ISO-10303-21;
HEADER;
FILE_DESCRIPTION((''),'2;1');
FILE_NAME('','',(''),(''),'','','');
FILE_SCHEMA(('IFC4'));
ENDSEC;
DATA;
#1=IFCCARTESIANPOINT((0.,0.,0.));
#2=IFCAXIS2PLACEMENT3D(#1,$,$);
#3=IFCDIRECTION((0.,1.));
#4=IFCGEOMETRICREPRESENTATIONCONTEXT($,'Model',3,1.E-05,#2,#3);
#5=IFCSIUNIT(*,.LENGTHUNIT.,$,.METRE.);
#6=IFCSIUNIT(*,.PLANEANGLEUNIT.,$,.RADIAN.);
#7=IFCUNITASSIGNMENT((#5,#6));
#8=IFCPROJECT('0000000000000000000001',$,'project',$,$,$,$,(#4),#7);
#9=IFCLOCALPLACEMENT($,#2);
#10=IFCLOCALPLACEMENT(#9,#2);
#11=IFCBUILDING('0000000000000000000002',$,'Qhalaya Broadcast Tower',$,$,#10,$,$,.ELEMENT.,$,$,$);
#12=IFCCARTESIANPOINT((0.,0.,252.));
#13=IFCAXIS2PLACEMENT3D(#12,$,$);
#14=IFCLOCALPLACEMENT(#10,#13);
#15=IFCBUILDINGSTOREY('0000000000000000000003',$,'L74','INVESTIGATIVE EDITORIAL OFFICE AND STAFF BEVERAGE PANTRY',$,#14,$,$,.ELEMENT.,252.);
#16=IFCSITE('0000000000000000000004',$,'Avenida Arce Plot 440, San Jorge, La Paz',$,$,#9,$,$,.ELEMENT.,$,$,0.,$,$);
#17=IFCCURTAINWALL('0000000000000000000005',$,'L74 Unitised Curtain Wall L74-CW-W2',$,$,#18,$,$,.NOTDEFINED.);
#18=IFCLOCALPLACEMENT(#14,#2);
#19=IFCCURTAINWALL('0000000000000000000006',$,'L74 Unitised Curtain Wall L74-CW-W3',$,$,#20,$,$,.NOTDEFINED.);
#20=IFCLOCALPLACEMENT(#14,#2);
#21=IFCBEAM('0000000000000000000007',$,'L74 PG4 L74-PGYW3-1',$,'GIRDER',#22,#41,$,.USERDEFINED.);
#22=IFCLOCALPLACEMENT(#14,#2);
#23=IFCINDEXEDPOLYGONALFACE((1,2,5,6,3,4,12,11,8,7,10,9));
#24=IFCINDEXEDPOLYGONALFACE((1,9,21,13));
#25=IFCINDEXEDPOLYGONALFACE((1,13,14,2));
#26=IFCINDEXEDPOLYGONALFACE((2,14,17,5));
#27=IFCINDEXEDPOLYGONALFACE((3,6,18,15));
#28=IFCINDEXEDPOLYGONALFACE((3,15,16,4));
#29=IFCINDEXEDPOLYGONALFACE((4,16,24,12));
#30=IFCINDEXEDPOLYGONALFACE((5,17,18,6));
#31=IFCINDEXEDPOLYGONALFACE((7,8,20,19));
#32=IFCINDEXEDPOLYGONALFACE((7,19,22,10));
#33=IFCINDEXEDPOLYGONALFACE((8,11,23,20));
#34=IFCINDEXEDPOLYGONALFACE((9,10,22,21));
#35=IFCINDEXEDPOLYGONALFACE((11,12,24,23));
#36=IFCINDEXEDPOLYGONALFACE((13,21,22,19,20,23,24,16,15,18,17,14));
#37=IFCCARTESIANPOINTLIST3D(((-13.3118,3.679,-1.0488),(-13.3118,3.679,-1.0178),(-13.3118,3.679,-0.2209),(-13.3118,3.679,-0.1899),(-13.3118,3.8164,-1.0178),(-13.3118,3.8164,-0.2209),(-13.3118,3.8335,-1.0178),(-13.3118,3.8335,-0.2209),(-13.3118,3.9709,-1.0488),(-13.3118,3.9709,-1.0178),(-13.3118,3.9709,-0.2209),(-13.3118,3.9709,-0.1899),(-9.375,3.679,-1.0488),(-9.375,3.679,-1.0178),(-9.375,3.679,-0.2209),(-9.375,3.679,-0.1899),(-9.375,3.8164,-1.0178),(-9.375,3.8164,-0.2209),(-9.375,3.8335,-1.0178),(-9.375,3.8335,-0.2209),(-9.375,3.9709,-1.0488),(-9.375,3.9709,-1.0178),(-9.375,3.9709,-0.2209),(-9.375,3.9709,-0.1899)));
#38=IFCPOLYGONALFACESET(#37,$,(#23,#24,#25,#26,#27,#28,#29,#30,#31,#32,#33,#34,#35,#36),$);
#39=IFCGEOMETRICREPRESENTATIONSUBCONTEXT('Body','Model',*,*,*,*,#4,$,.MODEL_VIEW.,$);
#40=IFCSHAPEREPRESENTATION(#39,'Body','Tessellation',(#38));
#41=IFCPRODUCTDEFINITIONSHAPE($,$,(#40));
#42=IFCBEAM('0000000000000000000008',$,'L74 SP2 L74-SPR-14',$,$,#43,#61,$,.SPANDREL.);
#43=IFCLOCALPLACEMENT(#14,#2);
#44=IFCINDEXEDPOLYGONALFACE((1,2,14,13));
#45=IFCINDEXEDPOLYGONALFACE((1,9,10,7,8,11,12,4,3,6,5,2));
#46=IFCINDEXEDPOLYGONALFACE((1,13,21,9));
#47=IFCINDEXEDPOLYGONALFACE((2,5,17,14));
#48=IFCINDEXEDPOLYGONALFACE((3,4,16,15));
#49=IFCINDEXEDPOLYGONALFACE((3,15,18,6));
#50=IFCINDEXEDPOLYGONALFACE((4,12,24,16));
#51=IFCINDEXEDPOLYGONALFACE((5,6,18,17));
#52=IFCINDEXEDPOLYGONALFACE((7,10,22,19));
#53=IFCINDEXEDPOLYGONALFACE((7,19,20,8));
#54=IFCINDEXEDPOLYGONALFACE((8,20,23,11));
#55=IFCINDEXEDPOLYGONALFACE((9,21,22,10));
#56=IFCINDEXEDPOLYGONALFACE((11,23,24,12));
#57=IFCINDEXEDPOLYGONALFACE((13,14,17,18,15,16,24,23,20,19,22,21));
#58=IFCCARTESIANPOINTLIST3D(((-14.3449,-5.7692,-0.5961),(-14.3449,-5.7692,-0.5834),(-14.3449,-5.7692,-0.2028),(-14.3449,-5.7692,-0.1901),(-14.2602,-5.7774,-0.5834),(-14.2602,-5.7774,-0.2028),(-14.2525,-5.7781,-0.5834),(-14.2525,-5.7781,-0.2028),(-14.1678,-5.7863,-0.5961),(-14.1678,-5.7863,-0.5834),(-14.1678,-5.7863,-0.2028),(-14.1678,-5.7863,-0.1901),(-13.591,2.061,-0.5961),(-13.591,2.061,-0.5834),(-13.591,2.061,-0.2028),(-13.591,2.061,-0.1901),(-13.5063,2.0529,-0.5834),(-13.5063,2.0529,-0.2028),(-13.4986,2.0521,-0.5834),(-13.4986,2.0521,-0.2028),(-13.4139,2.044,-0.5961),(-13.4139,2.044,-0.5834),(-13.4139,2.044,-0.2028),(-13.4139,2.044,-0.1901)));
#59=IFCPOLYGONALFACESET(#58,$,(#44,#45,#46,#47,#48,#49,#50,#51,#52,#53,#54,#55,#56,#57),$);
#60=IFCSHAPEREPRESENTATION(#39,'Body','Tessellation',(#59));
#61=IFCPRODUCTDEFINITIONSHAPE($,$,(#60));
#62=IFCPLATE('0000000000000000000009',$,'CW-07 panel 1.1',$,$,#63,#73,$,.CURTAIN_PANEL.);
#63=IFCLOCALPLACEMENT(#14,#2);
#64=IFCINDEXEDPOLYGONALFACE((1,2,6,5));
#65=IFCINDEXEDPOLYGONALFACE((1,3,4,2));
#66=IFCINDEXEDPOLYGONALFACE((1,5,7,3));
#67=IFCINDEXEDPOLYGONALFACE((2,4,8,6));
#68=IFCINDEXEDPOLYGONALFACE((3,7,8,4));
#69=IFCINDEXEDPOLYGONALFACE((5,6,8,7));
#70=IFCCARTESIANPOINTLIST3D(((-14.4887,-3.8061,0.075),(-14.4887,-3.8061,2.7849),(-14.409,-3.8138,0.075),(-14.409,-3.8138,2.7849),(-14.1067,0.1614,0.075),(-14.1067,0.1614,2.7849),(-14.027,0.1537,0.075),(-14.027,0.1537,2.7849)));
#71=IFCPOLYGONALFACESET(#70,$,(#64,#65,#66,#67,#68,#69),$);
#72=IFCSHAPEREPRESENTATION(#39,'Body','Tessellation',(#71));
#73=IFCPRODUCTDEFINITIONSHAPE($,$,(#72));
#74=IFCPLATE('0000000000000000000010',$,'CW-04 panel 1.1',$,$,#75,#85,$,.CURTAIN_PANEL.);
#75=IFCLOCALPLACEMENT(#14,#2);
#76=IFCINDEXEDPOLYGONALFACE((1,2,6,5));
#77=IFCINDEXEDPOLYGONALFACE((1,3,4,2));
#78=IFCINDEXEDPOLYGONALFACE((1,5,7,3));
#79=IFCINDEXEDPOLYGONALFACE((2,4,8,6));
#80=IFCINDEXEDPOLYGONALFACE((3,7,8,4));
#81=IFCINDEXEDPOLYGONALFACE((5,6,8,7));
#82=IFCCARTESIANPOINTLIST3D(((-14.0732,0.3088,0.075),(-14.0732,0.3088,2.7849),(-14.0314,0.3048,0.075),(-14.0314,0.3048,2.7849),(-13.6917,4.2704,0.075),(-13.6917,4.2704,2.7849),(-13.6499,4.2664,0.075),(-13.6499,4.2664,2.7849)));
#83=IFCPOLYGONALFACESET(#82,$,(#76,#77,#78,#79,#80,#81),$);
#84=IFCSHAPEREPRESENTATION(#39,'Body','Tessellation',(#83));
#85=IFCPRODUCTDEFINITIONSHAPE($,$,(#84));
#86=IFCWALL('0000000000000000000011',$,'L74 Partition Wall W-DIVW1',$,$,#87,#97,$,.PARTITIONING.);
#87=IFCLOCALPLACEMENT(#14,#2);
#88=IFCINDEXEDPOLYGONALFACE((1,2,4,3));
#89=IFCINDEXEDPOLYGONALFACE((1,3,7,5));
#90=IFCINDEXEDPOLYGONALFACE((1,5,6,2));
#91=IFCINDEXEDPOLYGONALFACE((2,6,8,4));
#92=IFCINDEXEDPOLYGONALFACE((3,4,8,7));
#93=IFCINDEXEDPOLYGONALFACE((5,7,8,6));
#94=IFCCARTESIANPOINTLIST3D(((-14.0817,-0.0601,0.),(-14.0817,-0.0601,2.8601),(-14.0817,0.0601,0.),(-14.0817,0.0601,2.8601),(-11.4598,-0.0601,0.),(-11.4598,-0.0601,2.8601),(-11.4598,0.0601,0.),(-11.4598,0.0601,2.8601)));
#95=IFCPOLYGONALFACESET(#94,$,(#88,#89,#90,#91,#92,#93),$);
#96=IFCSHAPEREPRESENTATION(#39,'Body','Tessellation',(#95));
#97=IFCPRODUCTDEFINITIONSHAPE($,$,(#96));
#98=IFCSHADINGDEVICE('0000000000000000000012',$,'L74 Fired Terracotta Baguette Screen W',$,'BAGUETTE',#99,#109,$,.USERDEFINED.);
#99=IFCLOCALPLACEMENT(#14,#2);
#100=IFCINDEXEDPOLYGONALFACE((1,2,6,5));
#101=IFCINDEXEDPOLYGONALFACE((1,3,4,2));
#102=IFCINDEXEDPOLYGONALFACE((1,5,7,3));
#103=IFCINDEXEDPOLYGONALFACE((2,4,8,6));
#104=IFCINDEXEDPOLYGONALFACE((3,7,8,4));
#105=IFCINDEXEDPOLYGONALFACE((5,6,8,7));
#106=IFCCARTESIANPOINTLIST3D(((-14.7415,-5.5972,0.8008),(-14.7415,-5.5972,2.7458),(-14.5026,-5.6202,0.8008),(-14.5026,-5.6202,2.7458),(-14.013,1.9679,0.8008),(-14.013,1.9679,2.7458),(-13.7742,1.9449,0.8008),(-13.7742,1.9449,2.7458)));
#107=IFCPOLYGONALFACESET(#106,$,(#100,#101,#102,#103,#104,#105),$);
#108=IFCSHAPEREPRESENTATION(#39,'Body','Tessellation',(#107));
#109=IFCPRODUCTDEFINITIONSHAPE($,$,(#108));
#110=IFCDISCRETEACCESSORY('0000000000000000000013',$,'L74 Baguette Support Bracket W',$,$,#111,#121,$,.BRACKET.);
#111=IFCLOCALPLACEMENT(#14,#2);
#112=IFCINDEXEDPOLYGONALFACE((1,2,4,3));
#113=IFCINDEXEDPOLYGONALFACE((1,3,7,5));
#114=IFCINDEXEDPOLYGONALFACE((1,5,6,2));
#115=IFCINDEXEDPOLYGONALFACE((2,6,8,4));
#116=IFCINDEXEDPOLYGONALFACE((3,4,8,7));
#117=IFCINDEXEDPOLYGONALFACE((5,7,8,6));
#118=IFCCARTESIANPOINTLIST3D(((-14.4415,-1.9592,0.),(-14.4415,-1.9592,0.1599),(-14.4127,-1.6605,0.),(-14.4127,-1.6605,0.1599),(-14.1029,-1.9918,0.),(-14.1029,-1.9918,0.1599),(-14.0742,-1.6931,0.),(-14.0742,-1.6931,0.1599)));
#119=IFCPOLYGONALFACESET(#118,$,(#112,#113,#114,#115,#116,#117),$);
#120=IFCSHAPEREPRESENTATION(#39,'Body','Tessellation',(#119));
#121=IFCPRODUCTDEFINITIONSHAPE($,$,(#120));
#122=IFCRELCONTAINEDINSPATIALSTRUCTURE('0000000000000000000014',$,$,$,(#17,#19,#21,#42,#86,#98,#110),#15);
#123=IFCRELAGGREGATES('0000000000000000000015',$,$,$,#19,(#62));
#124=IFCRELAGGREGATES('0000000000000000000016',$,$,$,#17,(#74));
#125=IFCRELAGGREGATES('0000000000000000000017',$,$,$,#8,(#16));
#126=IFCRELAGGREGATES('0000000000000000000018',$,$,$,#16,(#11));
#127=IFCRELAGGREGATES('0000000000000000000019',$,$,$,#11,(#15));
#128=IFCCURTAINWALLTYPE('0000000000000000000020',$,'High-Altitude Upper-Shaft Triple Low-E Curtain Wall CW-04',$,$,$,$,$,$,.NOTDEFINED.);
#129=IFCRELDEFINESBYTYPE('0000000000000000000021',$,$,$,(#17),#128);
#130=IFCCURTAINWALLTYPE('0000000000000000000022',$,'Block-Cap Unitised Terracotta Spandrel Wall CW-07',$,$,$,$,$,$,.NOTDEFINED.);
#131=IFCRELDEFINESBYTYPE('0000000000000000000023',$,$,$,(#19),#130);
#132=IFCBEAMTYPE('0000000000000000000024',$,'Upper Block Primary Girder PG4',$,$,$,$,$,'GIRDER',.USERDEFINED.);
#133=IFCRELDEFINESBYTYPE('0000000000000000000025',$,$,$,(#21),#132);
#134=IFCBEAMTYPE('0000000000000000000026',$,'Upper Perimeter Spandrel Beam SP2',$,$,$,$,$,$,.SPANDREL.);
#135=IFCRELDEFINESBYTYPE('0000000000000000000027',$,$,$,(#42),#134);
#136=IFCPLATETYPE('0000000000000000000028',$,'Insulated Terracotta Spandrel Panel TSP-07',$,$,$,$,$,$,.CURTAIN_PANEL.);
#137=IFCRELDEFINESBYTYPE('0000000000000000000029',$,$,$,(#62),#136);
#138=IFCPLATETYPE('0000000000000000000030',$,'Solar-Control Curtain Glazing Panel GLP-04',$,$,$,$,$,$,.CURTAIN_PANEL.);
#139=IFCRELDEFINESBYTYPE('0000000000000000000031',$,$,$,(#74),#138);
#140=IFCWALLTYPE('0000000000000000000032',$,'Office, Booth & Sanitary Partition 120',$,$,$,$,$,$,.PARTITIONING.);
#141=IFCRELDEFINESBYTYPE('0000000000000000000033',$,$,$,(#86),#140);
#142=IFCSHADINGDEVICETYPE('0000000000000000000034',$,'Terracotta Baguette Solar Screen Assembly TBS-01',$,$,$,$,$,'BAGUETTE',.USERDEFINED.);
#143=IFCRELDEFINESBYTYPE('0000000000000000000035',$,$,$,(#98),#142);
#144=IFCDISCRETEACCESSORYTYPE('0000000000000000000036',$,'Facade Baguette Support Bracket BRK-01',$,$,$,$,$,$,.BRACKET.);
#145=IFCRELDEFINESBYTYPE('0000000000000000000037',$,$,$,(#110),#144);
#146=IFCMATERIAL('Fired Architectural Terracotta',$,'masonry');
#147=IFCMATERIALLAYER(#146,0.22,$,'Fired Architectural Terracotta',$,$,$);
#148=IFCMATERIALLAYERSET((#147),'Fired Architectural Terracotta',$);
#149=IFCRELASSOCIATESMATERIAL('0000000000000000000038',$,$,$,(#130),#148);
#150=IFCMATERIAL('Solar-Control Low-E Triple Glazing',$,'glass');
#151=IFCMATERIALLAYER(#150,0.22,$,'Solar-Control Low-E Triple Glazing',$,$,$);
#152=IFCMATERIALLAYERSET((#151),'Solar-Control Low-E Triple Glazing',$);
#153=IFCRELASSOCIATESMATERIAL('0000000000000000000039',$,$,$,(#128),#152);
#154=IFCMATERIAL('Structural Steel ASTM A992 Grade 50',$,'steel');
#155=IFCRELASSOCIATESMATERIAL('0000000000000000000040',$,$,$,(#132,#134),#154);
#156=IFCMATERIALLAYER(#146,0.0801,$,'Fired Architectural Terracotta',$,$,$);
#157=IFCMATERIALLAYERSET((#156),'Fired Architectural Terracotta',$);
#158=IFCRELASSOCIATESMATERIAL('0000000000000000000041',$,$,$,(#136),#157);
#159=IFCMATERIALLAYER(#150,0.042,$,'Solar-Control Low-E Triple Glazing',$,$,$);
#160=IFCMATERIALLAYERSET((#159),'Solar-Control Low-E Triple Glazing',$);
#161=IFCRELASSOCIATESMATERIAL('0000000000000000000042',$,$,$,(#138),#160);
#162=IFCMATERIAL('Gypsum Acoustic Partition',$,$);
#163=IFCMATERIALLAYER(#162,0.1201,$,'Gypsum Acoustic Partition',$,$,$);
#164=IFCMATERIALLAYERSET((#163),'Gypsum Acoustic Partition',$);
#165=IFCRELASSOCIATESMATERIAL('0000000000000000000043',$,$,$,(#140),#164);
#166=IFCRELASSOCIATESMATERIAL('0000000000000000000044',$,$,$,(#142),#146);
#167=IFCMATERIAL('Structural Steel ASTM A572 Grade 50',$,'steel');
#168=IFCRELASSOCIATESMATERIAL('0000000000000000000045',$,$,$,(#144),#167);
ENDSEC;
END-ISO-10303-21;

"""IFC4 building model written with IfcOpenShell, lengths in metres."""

from ifc_helpers import new_model, si_unit, direction, frame, frame_2d, origin, origin_2d, place, context, subcontext, project, spatial, rectangle, i_section, extrude, material, layer, layer_set, material_profile, profile_set, type_object, element, aggregate, save


model = new_model("IFC4")

# Units and contexts
model_context = context("Model", 3, precision=1e-05, world=origin(), true_north=direction((0.0, 1.0)))
body_context = subcontext(model_context, "Body", "Model", "MODEL_VIEW")
ifc_project = project(units=[si_unit("LENGTHUNIT", "METRE"), si_unit("PLANEANGLEUNIT", "RADIAN")], contexts=[model_context])

# Site, building, storey
site_placement = place(None, origin())
site = spatial("IfcSite", under=ifc_project, at=site_placement, Name="Avenida Arce Plot 440, San Jorge, La Paz", CompositionType="ELEMENT", RefElevation=0.0)
building_placement = place(site_placement, origin())
building = spatial("IfcBuilding", under=site, at=building_placement, Name="Qhalaya Broadcast Tower", CompositionType="ELEMENT")
storey_placement = place(building_placement, frame((0.0, 0.0, 252.0)))
storey = spatial("IfcBuildingStorey", under=building, at=storey_placement, Name="L74", Description="INVESTIGATIVE EDITORIAL OFFICE AND STAFF BEVERAGE PANTRY", CompositionType="ELEMENT", Elevation=252.0)

# Shared definitions
ifc_material_1 = material(Name="Structural Steel ASTM A572 Grade 50", Category="steel")

# Shared definitions
ifc_material_2 = material(Name="Structural Steel ASTM A992 Grade 50", Category="steel")

# Shared definitions
ifc_material_3 = material(Name="Fired Architectural Terracotta", Category="masonry")
ifc_layer_1 = layer(ifc_material_3, 0.22, Name="Fired Architectural Terracotta")
ifc_layer_set_1 = layer_set([ifc_layer_1], Name="Fired Architectural Terracotta")
curtain_wall_type_1 = type_object("IfcCurtainWallType", Name="Block-Cap Unitised Terracotta Spandrel Wall CW-07", PredefinedType="NOTDEFINED", material=ifc_layer_set_1)

# Curtain wall
ifc_material_4 = material(Name="Solar-Control Low-E Triple Glazing", Category="glass")
ifc_layer_2 = layer(ifc_material_4, 0.22, Name="Solar-Control Low-E Triple Glazing")
ifc_layer_set_2 = layer_set([ifc_layer_2], Name="Solar-Control Low-E Triple Glazing")
curtain_wall_type_2 = type_object("IfcCurtainWallType", Name="High-Altitude Upper-Shaft Triple Low-E Curtain Wall CW-04", PredefinedType="NOTDEFINED", material=ifc_layer_set_2)
curtain_wall_1_placement = place(storey_placement, origin())
curtain_wall_1 = element("IfcCurtainWall", 1, at=curtain_wall_1_placement, inside=storey, type_object=curtain_wall_type_2, Name="L74 Unitised Curtain Wall L74-CW-W2", PredefinedType="NOTDEFINED")

# Curtain wall
curtain_wall_2_placement = place(storey_placement, origin())
curtain_wall_2 = element("IfcCurtainWall", 2, at=curtain_wall_2_placement, inside=storey, type_object=curtain_wall_type_1, Name="L74 Unitised Curtain Wall L74-CW-W3", PredefinedType="NOTDEFINED")

# Beams
ifc_material_profile_1 = material_profile(ifc_material_2, i_section(OverallWidth=0.292, OverallDepth=0.8589, WebThickness=0.0171, FlangeThickness=0.031, at=origin_2d()), Name="W33X169")
ifc_profile_set_1 = profile_set([ifc_material_profile_1], Name="Structural Steel ASTM A992 Grade 50")
beam_type_1 = type_object("IfcBeamType", Name="Upper Block Primary Girder PG4", ElementType="GIRDER", PredefinedType="USERDEFINED", material=ifc_profile_set_1)
beam_1_placement = place(storey_placement, frame((-13.3118, 3.825, -0.6194), z_axis=(1.0, 0.0, 0.0), x_axis=(0.0, 1.0, 0.0)))
element("IfcBeam", 3, at=beam_1_placement, inside=storey, type_object=beam_type_1, Name="L74 PG4 L74-PGYW3-1", ObjectType="GIRDER", PredefinedType="USERDEFINED", context=body_context, shape_type="SweptSolid", body=[
    extrude(i_section(OverallWidth=0.292, OverallDepth=0.8589, WebThickness=0.0171, FlangeThickness=0.031, at=origin_2d()), origin(), (0.0, 0.0, 1.0), 3.9368),
])
ifc_material_profile_2 = material_profile(ifc_material_2, i_section(OverallWidth=0.178, OverallDepth=0.406, WebThickness=0.0078, FlangeThickness=0.0127, at=origin_2d()), Name="W16X40")
ifc_profile_set_2 = profile_set([ifc_material_profile_2], Name="Structural Steel ASTM A992 Grade 50")
beam_type_2 = type_object("IfcBeamType", Name="Upper Perimeter Spandrel Beam SP2", PredefinedType="SPANDREL", material=ifc_profile_set_2)
beam_2_placement = place(storey_placement, frame((-13.5024, 2.0525, -0.3931), z_axis=(-0.095837, -0.995397, 0.0), x_axis=(0.995397, -0.095837, 0.0)))
element("IfcBeam", 4, at=beam_2_placement, inside=storey, type_object=beam_type_2, Name="L74 SP2 L74-SPR-14", PredefinedType="SPANDREL", context=body_context, shape_type="SweptSolid", body=[
    extrude(i_section(OverallWidth=0.178, OverallDepth=0.406, WebThickness=0.0078, FlangeThickness=0.0127, at=origin_2d()), origin(), (0.0, 0.0, 1.0), 7.8665),
])

# Plates
ifc_layer_3 = layer(ifc_material_3, 0.0801, Name="Fired Architectural Terracotta")
ifc_layer_set_3 = layer_set([ifc_layer_3], Name="Fired Architectural Terracotta")
plate_type_1 = type_object("IfcPlateType", Name="Insulated Terracotta Spandrel Panel TSP-07", PredefinedType="CURTAIN_PANEL", material=ifc_layer_set_3)
plate_1_placement = place(storey_placement, frame((-14.2578, -1.8262, 0.075), z_axis=(0.0, 0.0, 1.0), x_axis=(-0.095843, -0.995396, 0.0)))
plate_1 = element("IfcPlate", 5, at=plate_1_placement, type_object=plate_type_1, Name="CW-07 panel 1.1", PredefinedType="CURTAIN_PANEL", context=body_context, shape_type="SweptSolid", body=[
    extrude(rectangle(XDim=3.9858, YDim=0.0801, at=origin_2d()), origin(), (0.0, 0.0, 1.0), 2.71),
])
aggregate(curtain_wall_2, [plate_1])
ifc_layer_4 = layer(ifc_material_4, 0.042, Name="Solar-Control Low-E Triple Glazing")
ifc_layer_set_4 = layer_set([ifc_layer_4], Name="Solar-Control Low-E Triple Glazing")
plate_type_2 = type_object("IfcPlateType", Name="Solar-Control Curtain Glazing Panel GLP-04", PredefinedType="CURTAIN_PANEL", material=ifc_layer_set_4)
plate_2_placement = place(storey_placement, frame((-13.8616, 2.2876, 0.075), z_axis=(0.0, 0.0, 1.0), x_axis=(-0.095859, -0.995395, 0.0)))
plate_2 = element("IfcPlate", 6, at=plate_2_placement, type_object=plate_type_2, Name="CW-04 panel 1.1", PredefinedType="CURTAIN_PANEL", context=body_context, shape_type="SweptSolid", body=[
    extrude(rectangle(XDim=3.98, YDim=0.042, at=origin_2d()), origin(), (0.0, 0.0, 1.0), 2.71),
])
aggregate(curtain_wall_1, [plate_2])

# Wall
ifc_material_5 = material(Name="Gypsum Acoustic Partition")
ifc_layer_5 = layer(ifc_material_5, 0.1201, Name="Gypsum Acoustic Partition")
ifc_layer_set_5 = layer_set([ifc_layer_5], Name="Gypsum Acoustic Partition")
wall_type = type_object("IfcWallType", Name="Office, Booth & Sanitary Partition 120", PredefinedType="PARTITIONING", material=ifc_layer_set_5)
wall_placement = place(storey_placement, frame((-14.0818, 0.0, 0.0), z_axis=(0.0, 0.0, 1.0), x_axis=(1.0, 0.0, 0.0)))
element("IfcWall", 7, at=wall_placement, inside=storey, type_object=wall_type, Name="L74 Partition Wall W-DIVW1", PredefinedType="PARTITIONING", context=body_context, shape_type="SweptSolid", body=[
    extrude(rectangle(XDim=2.6218, YDim=0.1201, at=frame_2d((1.311, 0.0))), origin(), (0.0, 0.0, 1.0), 2.8601),
])

# Shading device
shading_device_type = type_object("IfcShadingDeviceType", Name="Terracotta Baguette Solar Screen Assembly TBS-01", ElementType="BAGUETTE", PredefinedType="USERDEFINED", material=ifc_material_3)
shading_device_placement = place(storey_placement, frame((-14.2578, -1.8262, 0.8008), z_axis=(0.0, 0.0, 1.0), x_axis=(-0.095846, -0.995396, 0.0)))
element("IfcShadingDevice", 8, at=shading_device_placement, inside=storey, type_object=shading_device_type, Name="L74 Fired Terracotta Baguette Screen W", ObjectType="BAGUETTE", PredefinedType="USERDEFINED", context=body_context, shape_type="SweptSolid", body=[
    extrude(rectangle(XDim=7.6001, YDim=0.24, at=origin_2d()), origin(), (0.0, 0.0, 1.0), 1.9451),
])

# Discrete accessory
discrete_accessory_type = type_object("IfcDiscreteAccessoryType", Name="Facade Baguette Support Bracket BRK-01", PredefinedType="BRACKET", material=ifc_material_1)
discrete_accessory_placement = place(storey_placement, frame((-14.2578, -1.8262, 0.0), z_axis=(0.0, 0.0, 1.0), x_axis=(-0.095846, -0.995396, 0.0)))
element("IfcDiscreteAccessory", 9, at=discrete_accessory_placement, inside=storey, type_object=discrete_accessory_type, Name="L74 Baguette Support Bracket W", PredefinedType="BRACKET", context=body_context, shape_type="SweptSolid", body=[
    extrude(rectangle(XDim=0.3, YDim=0.3401, at=origin_2d()), origin(), (0.0, 0.0, 1.0), 0.1599),
])

save(model, "model.ifc")
